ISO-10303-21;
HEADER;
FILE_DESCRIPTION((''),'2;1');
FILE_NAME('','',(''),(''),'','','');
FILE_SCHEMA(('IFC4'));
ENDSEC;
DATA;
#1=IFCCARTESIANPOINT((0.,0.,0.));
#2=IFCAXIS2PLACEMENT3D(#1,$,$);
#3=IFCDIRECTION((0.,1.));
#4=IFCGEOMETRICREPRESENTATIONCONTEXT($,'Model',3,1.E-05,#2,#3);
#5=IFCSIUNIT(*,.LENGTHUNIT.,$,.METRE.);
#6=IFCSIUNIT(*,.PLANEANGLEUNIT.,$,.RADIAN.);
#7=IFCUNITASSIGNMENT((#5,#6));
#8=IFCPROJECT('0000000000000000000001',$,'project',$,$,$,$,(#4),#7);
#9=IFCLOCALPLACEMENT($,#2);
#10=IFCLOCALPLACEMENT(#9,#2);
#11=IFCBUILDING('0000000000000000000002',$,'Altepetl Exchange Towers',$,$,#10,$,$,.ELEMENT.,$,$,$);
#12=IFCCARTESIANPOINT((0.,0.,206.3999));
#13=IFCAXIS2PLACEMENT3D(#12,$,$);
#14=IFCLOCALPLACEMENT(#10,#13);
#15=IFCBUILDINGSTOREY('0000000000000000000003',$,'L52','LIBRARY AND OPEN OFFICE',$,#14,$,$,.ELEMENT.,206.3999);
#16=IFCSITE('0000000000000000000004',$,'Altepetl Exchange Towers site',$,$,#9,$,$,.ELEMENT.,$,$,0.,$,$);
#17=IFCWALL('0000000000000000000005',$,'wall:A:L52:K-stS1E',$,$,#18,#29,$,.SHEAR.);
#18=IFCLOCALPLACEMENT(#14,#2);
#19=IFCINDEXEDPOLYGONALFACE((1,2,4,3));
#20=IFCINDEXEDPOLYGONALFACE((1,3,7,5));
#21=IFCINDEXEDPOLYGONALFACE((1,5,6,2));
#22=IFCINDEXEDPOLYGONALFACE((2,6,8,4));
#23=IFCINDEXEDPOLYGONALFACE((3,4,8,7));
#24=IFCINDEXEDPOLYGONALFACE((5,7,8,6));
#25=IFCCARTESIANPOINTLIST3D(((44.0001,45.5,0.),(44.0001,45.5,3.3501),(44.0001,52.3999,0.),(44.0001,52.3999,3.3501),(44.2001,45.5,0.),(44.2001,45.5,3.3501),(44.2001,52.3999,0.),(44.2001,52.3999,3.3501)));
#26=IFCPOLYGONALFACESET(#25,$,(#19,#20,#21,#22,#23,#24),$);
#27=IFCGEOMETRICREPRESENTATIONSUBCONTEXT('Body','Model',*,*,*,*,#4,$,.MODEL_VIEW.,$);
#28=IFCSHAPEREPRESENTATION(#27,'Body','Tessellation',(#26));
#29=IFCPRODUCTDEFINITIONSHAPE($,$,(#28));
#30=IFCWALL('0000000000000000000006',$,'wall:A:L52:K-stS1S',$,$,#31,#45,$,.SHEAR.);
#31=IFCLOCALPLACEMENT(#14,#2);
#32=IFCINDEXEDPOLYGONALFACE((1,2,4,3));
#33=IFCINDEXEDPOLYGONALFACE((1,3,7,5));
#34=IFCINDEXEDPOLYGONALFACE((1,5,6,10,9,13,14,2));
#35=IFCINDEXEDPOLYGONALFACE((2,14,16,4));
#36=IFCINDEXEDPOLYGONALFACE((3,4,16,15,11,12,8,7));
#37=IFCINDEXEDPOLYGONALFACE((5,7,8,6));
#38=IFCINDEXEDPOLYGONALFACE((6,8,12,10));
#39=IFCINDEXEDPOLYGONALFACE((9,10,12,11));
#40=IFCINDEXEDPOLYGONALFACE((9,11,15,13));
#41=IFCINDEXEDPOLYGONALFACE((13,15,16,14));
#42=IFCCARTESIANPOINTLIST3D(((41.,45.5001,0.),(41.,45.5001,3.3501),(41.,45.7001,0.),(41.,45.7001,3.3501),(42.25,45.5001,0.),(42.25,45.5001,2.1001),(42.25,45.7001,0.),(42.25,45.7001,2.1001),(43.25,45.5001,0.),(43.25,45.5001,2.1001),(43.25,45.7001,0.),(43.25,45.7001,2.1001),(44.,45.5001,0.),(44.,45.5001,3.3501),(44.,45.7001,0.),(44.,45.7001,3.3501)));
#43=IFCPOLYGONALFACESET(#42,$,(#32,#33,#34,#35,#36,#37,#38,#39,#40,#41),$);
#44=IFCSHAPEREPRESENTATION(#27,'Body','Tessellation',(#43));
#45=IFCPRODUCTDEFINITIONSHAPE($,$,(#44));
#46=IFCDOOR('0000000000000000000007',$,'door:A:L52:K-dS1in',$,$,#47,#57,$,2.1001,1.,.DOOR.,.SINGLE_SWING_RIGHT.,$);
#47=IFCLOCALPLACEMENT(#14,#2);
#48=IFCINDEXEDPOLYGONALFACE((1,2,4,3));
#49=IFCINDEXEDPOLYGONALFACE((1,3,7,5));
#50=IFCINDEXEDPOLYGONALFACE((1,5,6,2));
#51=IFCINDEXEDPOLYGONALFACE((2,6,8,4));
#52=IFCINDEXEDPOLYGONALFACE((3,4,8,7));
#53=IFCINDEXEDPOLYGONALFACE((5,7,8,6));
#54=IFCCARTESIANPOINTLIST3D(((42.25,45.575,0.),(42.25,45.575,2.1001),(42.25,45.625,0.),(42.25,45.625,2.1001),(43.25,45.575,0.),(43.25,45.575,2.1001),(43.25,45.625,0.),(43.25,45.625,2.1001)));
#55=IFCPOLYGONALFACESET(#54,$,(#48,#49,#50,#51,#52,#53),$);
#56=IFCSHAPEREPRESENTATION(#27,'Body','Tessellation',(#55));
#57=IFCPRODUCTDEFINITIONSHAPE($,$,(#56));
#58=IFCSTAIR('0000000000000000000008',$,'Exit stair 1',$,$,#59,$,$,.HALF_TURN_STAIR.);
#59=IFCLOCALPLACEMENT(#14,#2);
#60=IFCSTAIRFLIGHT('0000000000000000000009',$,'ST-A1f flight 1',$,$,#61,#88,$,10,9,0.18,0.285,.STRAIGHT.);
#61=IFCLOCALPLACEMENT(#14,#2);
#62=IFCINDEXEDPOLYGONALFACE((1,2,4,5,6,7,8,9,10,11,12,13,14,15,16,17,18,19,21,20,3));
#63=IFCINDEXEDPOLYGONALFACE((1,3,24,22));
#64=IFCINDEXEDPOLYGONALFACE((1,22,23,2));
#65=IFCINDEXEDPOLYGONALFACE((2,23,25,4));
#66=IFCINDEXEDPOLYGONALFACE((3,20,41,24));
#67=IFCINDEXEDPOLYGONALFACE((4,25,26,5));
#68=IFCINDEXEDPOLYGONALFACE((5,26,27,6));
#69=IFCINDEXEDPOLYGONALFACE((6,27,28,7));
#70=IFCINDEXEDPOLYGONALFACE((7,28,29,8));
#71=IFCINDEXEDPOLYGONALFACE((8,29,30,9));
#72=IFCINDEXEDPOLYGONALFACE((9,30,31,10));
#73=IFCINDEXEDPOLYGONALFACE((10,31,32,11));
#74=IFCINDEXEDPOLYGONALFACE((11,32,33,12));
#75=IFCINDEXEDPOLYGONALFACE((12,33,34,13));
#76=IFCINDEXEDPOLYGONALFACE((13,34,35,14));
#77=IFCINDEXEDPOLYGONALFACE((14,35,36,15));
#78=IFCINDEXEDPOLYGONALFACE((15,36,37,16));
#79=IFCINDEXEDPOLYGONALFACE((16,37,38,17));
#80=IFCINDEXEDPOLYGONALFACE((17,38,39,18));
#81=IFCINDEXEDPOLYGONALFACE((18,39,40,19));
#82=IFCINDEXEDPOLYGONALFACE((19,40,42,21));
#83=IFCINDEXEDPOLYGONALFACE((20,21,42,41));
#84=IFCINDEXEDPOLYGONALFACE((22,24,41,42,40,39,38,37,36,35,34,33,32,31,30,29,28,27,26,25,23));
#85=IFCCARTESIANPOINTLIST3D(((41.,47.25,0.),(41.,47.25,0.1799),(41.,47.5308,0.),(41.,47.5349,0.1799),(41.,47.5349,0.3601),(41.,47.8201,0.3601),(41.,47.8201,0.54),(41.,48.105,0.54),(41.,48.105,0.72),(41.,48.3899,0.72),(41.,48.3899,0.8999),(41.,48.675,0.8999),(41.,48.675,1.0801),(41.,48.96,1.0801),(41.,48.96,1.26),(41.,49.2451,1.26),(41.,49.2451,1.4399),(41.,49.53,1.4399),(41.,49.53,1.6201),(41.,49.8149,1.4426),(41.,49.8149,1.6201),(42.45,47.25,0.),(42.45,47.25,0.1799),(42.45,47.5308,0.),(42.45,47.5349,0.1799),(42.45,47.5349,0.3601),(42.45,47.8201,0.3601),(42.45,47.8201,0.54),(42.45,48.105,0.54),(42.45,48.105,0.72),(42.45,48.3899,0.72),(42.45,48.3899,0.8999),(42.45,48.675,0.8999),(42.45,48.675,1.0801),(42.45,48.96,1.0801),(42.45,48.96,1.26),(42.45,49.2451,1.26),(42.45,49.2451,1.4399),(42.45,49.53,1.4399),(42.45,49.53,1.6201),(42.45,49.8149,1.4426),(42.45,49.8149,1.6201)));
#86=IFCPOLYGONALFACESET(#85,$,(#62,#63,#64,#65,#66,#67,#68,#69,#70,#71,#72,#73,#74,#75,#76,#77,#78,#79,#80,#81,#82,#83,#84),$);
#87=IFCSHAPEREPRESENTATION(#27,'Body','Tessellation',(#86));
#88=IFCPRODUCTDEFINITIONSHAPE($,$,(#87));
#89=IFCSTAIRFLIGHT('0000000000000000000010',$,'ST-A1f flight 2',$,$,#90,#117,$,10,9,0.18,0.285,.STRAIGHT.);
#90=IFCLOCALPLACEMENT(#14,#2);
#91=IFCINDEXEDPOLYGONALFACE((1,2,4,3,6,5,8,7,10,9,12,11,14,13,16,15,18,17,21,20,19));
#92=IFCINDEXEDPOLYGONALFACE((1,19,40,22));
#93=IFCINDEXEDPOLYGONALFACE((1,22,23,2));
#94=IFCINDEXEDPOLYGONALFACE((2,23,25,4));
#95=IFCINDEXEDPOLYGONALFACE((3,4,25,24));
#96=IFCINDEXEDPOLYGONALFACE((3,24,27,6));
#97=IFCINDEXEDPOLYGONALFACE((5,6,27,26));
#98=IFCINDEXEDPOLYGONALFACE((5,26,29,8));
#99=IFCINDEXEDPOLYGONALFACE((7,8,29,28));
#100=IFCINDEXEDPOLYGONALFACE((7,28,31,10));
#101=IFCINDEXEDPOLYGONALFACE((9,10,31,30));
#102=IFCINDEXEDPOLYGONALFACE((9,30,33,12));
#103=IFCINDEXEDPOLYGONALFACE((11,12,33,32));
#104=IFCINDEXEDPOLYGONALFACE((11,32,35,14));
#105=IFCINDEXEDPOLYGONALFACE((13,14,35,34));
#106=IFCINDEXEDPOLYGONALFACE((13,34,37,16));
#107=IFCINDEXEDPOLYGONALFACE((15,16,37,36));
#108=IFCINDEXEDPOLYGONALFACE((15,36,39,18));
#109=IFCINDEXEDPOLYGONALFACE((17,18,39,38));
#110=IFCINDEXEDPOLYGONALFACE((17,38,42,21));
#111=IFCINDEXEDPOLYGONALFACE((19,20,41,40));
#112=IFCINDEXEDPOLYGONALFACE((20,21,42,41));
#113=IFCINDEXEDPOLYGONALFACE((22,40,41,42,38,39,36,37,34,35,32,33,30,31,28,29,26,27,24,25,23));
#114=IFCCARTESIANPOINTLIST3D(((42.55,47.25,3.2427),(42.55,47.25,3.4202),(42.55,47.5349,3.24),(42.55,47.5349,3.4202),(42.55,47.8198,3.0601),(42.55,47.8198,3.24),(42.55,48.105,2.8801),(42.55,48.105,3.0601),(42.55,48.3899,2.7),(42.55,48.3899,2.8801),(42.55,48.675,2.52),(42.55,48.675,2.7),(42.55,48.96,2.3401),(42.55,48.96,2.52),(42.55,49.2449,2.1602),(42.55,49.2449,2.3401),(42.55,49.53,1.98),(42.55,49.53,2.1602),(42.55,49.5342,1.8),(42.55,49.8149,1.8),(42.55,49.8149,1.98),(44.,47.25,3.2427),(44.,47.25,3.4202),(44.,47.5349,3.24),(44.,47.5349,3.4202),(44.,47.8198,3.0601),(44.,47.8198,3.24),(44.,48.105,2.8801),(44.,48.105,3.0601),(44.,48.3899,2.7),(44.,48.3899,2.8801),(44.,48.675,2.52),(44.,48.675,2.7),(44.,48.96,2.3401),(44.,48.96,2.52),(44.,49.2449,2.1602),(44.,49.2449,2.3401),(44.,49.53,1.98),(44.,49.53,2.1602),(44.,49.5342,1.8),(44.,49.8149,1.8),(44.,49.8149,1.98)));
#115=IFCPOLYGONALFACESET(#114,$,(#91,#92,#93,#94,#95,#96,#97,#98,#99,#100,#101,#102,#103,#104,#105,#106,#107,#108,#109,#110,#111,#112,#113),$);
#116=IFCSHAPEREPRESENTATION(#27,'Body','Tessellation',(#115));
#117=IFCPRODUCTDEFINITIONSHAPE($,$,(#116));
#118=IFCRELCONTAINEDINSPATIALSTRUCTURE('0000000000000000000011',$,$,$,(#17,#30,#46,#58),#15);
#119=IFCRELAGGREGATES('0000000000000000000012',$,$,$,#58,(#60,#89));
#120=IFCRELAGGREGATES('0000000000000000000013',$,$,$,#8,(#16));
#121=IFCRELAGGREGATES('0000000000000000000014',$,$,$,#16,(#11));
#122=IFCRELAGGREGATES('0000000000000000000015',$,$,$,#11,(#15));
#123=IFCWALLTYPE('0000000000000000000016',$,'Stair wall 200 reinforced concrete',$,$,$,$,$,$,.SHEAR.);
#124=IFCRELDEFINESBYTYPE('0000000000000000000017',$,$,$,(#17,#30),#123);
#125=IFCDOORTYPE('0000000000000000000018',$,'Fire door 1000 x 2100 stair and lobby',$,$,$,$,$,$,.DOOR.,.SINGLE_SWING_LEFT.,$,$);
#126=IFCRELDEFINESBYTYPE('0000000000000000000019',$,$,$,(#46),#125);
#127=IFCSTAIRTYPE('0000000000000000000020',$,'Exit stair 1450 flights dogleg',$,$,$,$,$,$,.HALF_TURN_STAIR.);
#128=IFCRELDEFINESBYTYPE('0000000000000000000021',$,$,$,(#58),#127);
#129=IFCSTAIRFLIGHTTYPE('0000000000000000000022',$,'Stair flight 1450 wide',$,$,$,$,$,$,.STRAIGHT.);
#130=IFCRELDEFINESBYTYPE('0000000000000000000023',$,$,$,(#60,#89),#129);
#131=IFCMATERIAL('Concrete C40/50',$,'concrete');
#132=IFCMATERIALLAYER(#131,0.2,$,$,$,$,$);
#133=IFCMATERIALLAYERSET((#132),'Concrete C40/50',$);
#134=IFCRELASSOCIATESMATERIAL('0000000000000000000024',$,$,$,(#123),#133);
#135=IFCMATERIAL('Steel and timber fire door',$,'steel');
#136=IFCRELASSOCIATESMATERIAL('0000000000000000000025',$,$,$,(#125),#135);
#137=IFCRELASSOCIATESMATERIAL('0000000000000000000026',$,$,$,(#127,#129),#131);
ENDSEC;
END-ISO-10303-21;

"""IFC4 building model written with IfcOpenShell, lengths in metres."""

from ifc_helpers import new_model, si_unit, direction, frame, frame_2d, origin, place, context, subcontext, project, spatial, polyline, rectangle, outline, extrude, material, layer, layer_set, type_object, element, fill, aggregate, save


model = new_model("IFC4")

# Units and contexts
model_context = context("Model", 3, precision=1e-05, world=origin(), true_north=direction((0.0, 1.0)))
body_context = subcontext(model_context, "Body", "Model", "MODEL_VIEW")
ifc_project = project(units=[si_unit("LENGTHUNIT", "METRE"), si_unit("PLANEANGLEUNIT", "RADIAN")], contexts=[model_context])

# Site, building, storey
site_placement = place(None, origin())
site = spatial("IfcSite", under=ifc_project, at=site_placement, Name="Altepetl Exchange Towers site", CompositionType="ELEMENT", RefElevation=0.0)
building_placement = place(site_placement, origin())
building = spatial("IfcBuilding", under=site, at=building_placement, Name="Altepetl Exchange Towers", CompositionType="ELEMENT")
storey_placement = place(building_placement, frame((0.0, 0.0, 206.3999)))
storey = spatial("IfcBuildingStorey", under=building, at=storey_placement, Name="L52", Description="LIBRARY AND OPEN OFFICE", CompositionType="ELEMENT", Elevation=206.3999)

# Shared definitions
ifc_material_1 = material(Name="Steel and timber fire door", Category="steel")

# Wall
ifc_material_2 = material(Name="Concrete C40/50", Category="concrete")
ifc_layer_1 = layer(ifc_material_2, 0.2)
ifc_layer_set_1 = layer_set([ifc_layer_1], Name="Concrete C40/50")
wall_type_1 = type_object("IfcWallType", Name="Stair wall 200 reinforced concrete", PredefinedType="SHEAR", material=ifc_layer_set_1)
wall_1_placement = place(storey_placement, frame((44.1001, 45.5, 0.0), z_axis=(0.0, 0.0, 1.0), x_axis=(0.0, 1.0, 0.0)))
element("IfcWall", 1, at=wall_1_placement, inside=storey, type_object=wall_type_1, Name="wall:A:L52:K-stS1E", PredefinedType="SHEAR", context=body_context, shape_type="SweptSolid", body=[
    extrude(rectangle(XDim=6.8999, YDim=0.2, at=frame_2d((3.45, 0.0))), origin(), (0.0, 0.0, 1.0), 3.3501),
])

# Wall, opening, door
wall_2_placement = place(storey_placement, frame((41.0, 45.6001, 0.0)))
wall_2 = element("IfcWall", 2, at=wall_2_placement, inside=storey, type_object=wall_type_1, Name="wall:A:L52:K-stS1S", PredefinedType="SHEAR", context=body_context, shape_type="SweptSolid", body=[
    extrude(rectangle(XDim=3.0, YDim=0.2, at=frame_2d((1.5, 0.0))), origin(), (0.0, 0.0, 1.0), 3.3501),
])
opening_1_placement = place(wall_2_placement, frame((1.25, 0.0, 0.0)))
opening_1 = element("IfcOpeningElement", 3, at=opening_1_placement, cuts=wall_2, PredefinedType="OPENING", context=body_context, shape_type="SweptSolid", body=[
    extrude(rectangle(XDim=1.0, YDim=2.1001, at=frame_2d((0.5, 1.05))), frame((0.0, 0.1099, 0.0), z_axis=(0.0, -1.0, 0.0), x_axis=(1.0, 0.0, 0.0)), (0.0, 0.0, 1.0), 0.22),
])
door_type_1 = type_object("IfcDoorType", Name="Fire door 1000 x 2100 stair and lobby", OperationType="SINGLE_SWING_LEFT", PredefinedType="DOOR", material=ifc_material_1)
door_1_placement = place(opening_1_placement, origin())
door_1 = element("IfcDoor", 4, at=door_1_placement, inside=storey, type_object=door_type_1, Name="door:A:L52:K-dS1in", OperationType="SINGLE_SWING_RIGHT", OverallHeight=2.1001, OverallWidth=1.0, PredefinedType="DOOR", context=body_context, shape_type="SweptSolid", body=[
    extrude(rectangle(XDim=1.0, YDim=2.1001, at=frame_2d((0.5, 1.05))), frame((0.0, 0.0249, 0.0), z_axis=(0.0, -1.0, 0.0), x_axis=(1.0, 0.0, 0.0)), (0.0, 0.0, 1.0), 0.05),
])
fill(opening_1, door_1)

# Stair, stair flights
stair_type = type_object("IfcStairType", Name="Exit stair 1450 flights dogleg", PredefinedType="HALF_TURN_STAIR", material=ifc_material_2)
stair_placement = place(storey_placement, origin())
stair = element("IfcStair", 5, at=stair_placement, inside=storey, type_object=stair_type, Name="Exit stair 1", PredefinedType="HALF_TURN_STAIR")
stair_flight_type = type_object("IfcStairFlightType", Name="Stair flight 1450 wide", PredefinedType="STRAIGHT", material=ifc_material_2)
stair_flight_1_placement = place(storey_placement, frame((41.7251, 47.25, 0.0), z_axis=(0.0, 0.0, 1.0), x_axis=(0.0, 1.0, 0.0)))
stair_flight_1 = element("IfcStairFlight", 6, at=stair_flight_1_placement, type_object=stair_flight_type, Name="ST-A1f flight 1", NumberOfRisers=10, NumberOfTreads=9, PredefinedType="STRAIGHT", RiserHeight=0.18, TreadLength=0.285, context=body_context, shape_type="SweptSolid", body=[
    extrude(outline(polyline([(0.0, 0.0), (0.0, 0.1799), (0.2849, 0.1799), (0.2849, 0.3601), (0.5701, 0.3601), (0.5701, 0.54), (0.855, 0.54), (0.855, 0.72), (1.1399, 0.72), (1.1399, 0.8999), (1.425, 0.8999), (1.425, 1.0801), (1.71, 1.0801), (1.71, 1.26), (1.9951, 1.26), (1.9951, 1.4399), (2.28, 1.4399), (2.28, 1.6201), (2.5649, 1.6201), (2.5649, 1.8), (2.5649, 1.4426), (0.2808, 0.0), (0.0, 0.0)])), frame((0.0, 0.7251, 0.0), z_axis=(0.0, -1.0, 0.0), x_axis=(1.0, 0.0, 0.0)), (0.0, 0.0, 1.0), 1.45),
])
stair_flight_2_placement = place(storey_placement, frame((43.2749, 49.8149, 1.8), z_axis=(0.0, 0.0, 1.0), x_axis=(0.0, -1.0, 0.0)))
stair_flight_2 = element("IfcStairFlight", 7, at=stair_flight_2_placement, type_object=stair_flight_type, Name="ST-A1f flight 2", NumberOfRisers=10, NumberOfTreads=9, PredefinedType="STRAIGHT", RiserHeight=0.18, TreadLength=0.285, context=body_context, shape_type="SweptSolid", body=[
    extrude(outline(polyline([(0.0, 0.0), (0.0, 0.1799), (0.2849, 0.1799), (0.2849, 0.3601), (0.5701, 0.3601), (0.5701, 0.54), (0.855, 0.54), (0.855, 0.72), (1.1399, 0.72), (1.1399, 0.8999), (1.425, 0.8999), (1.425, 1.0801), (1.71, 1.0801), (1.71, 1.26), (1.9951, 1.26), (1.9951, 1.4399), (2.28, 1.4399), (2.28, 1.6201), (2.5649, 1.6201), (2.5649, 1.8), (2.5649, 1.4426), (0.2808, 0.0), (0.0, 0.0)])), frame((0.0, 0.7251, 0.0), z_axis=(0.0, -1.0, 0.0), x_axis=(1.0, 0.0, 0.0)), (0.0, 0.0, 1.0), 1.45),
])
aggregate(stair, [stair_flight_1, stair_flight_2])

save(model, "model.ifc")
